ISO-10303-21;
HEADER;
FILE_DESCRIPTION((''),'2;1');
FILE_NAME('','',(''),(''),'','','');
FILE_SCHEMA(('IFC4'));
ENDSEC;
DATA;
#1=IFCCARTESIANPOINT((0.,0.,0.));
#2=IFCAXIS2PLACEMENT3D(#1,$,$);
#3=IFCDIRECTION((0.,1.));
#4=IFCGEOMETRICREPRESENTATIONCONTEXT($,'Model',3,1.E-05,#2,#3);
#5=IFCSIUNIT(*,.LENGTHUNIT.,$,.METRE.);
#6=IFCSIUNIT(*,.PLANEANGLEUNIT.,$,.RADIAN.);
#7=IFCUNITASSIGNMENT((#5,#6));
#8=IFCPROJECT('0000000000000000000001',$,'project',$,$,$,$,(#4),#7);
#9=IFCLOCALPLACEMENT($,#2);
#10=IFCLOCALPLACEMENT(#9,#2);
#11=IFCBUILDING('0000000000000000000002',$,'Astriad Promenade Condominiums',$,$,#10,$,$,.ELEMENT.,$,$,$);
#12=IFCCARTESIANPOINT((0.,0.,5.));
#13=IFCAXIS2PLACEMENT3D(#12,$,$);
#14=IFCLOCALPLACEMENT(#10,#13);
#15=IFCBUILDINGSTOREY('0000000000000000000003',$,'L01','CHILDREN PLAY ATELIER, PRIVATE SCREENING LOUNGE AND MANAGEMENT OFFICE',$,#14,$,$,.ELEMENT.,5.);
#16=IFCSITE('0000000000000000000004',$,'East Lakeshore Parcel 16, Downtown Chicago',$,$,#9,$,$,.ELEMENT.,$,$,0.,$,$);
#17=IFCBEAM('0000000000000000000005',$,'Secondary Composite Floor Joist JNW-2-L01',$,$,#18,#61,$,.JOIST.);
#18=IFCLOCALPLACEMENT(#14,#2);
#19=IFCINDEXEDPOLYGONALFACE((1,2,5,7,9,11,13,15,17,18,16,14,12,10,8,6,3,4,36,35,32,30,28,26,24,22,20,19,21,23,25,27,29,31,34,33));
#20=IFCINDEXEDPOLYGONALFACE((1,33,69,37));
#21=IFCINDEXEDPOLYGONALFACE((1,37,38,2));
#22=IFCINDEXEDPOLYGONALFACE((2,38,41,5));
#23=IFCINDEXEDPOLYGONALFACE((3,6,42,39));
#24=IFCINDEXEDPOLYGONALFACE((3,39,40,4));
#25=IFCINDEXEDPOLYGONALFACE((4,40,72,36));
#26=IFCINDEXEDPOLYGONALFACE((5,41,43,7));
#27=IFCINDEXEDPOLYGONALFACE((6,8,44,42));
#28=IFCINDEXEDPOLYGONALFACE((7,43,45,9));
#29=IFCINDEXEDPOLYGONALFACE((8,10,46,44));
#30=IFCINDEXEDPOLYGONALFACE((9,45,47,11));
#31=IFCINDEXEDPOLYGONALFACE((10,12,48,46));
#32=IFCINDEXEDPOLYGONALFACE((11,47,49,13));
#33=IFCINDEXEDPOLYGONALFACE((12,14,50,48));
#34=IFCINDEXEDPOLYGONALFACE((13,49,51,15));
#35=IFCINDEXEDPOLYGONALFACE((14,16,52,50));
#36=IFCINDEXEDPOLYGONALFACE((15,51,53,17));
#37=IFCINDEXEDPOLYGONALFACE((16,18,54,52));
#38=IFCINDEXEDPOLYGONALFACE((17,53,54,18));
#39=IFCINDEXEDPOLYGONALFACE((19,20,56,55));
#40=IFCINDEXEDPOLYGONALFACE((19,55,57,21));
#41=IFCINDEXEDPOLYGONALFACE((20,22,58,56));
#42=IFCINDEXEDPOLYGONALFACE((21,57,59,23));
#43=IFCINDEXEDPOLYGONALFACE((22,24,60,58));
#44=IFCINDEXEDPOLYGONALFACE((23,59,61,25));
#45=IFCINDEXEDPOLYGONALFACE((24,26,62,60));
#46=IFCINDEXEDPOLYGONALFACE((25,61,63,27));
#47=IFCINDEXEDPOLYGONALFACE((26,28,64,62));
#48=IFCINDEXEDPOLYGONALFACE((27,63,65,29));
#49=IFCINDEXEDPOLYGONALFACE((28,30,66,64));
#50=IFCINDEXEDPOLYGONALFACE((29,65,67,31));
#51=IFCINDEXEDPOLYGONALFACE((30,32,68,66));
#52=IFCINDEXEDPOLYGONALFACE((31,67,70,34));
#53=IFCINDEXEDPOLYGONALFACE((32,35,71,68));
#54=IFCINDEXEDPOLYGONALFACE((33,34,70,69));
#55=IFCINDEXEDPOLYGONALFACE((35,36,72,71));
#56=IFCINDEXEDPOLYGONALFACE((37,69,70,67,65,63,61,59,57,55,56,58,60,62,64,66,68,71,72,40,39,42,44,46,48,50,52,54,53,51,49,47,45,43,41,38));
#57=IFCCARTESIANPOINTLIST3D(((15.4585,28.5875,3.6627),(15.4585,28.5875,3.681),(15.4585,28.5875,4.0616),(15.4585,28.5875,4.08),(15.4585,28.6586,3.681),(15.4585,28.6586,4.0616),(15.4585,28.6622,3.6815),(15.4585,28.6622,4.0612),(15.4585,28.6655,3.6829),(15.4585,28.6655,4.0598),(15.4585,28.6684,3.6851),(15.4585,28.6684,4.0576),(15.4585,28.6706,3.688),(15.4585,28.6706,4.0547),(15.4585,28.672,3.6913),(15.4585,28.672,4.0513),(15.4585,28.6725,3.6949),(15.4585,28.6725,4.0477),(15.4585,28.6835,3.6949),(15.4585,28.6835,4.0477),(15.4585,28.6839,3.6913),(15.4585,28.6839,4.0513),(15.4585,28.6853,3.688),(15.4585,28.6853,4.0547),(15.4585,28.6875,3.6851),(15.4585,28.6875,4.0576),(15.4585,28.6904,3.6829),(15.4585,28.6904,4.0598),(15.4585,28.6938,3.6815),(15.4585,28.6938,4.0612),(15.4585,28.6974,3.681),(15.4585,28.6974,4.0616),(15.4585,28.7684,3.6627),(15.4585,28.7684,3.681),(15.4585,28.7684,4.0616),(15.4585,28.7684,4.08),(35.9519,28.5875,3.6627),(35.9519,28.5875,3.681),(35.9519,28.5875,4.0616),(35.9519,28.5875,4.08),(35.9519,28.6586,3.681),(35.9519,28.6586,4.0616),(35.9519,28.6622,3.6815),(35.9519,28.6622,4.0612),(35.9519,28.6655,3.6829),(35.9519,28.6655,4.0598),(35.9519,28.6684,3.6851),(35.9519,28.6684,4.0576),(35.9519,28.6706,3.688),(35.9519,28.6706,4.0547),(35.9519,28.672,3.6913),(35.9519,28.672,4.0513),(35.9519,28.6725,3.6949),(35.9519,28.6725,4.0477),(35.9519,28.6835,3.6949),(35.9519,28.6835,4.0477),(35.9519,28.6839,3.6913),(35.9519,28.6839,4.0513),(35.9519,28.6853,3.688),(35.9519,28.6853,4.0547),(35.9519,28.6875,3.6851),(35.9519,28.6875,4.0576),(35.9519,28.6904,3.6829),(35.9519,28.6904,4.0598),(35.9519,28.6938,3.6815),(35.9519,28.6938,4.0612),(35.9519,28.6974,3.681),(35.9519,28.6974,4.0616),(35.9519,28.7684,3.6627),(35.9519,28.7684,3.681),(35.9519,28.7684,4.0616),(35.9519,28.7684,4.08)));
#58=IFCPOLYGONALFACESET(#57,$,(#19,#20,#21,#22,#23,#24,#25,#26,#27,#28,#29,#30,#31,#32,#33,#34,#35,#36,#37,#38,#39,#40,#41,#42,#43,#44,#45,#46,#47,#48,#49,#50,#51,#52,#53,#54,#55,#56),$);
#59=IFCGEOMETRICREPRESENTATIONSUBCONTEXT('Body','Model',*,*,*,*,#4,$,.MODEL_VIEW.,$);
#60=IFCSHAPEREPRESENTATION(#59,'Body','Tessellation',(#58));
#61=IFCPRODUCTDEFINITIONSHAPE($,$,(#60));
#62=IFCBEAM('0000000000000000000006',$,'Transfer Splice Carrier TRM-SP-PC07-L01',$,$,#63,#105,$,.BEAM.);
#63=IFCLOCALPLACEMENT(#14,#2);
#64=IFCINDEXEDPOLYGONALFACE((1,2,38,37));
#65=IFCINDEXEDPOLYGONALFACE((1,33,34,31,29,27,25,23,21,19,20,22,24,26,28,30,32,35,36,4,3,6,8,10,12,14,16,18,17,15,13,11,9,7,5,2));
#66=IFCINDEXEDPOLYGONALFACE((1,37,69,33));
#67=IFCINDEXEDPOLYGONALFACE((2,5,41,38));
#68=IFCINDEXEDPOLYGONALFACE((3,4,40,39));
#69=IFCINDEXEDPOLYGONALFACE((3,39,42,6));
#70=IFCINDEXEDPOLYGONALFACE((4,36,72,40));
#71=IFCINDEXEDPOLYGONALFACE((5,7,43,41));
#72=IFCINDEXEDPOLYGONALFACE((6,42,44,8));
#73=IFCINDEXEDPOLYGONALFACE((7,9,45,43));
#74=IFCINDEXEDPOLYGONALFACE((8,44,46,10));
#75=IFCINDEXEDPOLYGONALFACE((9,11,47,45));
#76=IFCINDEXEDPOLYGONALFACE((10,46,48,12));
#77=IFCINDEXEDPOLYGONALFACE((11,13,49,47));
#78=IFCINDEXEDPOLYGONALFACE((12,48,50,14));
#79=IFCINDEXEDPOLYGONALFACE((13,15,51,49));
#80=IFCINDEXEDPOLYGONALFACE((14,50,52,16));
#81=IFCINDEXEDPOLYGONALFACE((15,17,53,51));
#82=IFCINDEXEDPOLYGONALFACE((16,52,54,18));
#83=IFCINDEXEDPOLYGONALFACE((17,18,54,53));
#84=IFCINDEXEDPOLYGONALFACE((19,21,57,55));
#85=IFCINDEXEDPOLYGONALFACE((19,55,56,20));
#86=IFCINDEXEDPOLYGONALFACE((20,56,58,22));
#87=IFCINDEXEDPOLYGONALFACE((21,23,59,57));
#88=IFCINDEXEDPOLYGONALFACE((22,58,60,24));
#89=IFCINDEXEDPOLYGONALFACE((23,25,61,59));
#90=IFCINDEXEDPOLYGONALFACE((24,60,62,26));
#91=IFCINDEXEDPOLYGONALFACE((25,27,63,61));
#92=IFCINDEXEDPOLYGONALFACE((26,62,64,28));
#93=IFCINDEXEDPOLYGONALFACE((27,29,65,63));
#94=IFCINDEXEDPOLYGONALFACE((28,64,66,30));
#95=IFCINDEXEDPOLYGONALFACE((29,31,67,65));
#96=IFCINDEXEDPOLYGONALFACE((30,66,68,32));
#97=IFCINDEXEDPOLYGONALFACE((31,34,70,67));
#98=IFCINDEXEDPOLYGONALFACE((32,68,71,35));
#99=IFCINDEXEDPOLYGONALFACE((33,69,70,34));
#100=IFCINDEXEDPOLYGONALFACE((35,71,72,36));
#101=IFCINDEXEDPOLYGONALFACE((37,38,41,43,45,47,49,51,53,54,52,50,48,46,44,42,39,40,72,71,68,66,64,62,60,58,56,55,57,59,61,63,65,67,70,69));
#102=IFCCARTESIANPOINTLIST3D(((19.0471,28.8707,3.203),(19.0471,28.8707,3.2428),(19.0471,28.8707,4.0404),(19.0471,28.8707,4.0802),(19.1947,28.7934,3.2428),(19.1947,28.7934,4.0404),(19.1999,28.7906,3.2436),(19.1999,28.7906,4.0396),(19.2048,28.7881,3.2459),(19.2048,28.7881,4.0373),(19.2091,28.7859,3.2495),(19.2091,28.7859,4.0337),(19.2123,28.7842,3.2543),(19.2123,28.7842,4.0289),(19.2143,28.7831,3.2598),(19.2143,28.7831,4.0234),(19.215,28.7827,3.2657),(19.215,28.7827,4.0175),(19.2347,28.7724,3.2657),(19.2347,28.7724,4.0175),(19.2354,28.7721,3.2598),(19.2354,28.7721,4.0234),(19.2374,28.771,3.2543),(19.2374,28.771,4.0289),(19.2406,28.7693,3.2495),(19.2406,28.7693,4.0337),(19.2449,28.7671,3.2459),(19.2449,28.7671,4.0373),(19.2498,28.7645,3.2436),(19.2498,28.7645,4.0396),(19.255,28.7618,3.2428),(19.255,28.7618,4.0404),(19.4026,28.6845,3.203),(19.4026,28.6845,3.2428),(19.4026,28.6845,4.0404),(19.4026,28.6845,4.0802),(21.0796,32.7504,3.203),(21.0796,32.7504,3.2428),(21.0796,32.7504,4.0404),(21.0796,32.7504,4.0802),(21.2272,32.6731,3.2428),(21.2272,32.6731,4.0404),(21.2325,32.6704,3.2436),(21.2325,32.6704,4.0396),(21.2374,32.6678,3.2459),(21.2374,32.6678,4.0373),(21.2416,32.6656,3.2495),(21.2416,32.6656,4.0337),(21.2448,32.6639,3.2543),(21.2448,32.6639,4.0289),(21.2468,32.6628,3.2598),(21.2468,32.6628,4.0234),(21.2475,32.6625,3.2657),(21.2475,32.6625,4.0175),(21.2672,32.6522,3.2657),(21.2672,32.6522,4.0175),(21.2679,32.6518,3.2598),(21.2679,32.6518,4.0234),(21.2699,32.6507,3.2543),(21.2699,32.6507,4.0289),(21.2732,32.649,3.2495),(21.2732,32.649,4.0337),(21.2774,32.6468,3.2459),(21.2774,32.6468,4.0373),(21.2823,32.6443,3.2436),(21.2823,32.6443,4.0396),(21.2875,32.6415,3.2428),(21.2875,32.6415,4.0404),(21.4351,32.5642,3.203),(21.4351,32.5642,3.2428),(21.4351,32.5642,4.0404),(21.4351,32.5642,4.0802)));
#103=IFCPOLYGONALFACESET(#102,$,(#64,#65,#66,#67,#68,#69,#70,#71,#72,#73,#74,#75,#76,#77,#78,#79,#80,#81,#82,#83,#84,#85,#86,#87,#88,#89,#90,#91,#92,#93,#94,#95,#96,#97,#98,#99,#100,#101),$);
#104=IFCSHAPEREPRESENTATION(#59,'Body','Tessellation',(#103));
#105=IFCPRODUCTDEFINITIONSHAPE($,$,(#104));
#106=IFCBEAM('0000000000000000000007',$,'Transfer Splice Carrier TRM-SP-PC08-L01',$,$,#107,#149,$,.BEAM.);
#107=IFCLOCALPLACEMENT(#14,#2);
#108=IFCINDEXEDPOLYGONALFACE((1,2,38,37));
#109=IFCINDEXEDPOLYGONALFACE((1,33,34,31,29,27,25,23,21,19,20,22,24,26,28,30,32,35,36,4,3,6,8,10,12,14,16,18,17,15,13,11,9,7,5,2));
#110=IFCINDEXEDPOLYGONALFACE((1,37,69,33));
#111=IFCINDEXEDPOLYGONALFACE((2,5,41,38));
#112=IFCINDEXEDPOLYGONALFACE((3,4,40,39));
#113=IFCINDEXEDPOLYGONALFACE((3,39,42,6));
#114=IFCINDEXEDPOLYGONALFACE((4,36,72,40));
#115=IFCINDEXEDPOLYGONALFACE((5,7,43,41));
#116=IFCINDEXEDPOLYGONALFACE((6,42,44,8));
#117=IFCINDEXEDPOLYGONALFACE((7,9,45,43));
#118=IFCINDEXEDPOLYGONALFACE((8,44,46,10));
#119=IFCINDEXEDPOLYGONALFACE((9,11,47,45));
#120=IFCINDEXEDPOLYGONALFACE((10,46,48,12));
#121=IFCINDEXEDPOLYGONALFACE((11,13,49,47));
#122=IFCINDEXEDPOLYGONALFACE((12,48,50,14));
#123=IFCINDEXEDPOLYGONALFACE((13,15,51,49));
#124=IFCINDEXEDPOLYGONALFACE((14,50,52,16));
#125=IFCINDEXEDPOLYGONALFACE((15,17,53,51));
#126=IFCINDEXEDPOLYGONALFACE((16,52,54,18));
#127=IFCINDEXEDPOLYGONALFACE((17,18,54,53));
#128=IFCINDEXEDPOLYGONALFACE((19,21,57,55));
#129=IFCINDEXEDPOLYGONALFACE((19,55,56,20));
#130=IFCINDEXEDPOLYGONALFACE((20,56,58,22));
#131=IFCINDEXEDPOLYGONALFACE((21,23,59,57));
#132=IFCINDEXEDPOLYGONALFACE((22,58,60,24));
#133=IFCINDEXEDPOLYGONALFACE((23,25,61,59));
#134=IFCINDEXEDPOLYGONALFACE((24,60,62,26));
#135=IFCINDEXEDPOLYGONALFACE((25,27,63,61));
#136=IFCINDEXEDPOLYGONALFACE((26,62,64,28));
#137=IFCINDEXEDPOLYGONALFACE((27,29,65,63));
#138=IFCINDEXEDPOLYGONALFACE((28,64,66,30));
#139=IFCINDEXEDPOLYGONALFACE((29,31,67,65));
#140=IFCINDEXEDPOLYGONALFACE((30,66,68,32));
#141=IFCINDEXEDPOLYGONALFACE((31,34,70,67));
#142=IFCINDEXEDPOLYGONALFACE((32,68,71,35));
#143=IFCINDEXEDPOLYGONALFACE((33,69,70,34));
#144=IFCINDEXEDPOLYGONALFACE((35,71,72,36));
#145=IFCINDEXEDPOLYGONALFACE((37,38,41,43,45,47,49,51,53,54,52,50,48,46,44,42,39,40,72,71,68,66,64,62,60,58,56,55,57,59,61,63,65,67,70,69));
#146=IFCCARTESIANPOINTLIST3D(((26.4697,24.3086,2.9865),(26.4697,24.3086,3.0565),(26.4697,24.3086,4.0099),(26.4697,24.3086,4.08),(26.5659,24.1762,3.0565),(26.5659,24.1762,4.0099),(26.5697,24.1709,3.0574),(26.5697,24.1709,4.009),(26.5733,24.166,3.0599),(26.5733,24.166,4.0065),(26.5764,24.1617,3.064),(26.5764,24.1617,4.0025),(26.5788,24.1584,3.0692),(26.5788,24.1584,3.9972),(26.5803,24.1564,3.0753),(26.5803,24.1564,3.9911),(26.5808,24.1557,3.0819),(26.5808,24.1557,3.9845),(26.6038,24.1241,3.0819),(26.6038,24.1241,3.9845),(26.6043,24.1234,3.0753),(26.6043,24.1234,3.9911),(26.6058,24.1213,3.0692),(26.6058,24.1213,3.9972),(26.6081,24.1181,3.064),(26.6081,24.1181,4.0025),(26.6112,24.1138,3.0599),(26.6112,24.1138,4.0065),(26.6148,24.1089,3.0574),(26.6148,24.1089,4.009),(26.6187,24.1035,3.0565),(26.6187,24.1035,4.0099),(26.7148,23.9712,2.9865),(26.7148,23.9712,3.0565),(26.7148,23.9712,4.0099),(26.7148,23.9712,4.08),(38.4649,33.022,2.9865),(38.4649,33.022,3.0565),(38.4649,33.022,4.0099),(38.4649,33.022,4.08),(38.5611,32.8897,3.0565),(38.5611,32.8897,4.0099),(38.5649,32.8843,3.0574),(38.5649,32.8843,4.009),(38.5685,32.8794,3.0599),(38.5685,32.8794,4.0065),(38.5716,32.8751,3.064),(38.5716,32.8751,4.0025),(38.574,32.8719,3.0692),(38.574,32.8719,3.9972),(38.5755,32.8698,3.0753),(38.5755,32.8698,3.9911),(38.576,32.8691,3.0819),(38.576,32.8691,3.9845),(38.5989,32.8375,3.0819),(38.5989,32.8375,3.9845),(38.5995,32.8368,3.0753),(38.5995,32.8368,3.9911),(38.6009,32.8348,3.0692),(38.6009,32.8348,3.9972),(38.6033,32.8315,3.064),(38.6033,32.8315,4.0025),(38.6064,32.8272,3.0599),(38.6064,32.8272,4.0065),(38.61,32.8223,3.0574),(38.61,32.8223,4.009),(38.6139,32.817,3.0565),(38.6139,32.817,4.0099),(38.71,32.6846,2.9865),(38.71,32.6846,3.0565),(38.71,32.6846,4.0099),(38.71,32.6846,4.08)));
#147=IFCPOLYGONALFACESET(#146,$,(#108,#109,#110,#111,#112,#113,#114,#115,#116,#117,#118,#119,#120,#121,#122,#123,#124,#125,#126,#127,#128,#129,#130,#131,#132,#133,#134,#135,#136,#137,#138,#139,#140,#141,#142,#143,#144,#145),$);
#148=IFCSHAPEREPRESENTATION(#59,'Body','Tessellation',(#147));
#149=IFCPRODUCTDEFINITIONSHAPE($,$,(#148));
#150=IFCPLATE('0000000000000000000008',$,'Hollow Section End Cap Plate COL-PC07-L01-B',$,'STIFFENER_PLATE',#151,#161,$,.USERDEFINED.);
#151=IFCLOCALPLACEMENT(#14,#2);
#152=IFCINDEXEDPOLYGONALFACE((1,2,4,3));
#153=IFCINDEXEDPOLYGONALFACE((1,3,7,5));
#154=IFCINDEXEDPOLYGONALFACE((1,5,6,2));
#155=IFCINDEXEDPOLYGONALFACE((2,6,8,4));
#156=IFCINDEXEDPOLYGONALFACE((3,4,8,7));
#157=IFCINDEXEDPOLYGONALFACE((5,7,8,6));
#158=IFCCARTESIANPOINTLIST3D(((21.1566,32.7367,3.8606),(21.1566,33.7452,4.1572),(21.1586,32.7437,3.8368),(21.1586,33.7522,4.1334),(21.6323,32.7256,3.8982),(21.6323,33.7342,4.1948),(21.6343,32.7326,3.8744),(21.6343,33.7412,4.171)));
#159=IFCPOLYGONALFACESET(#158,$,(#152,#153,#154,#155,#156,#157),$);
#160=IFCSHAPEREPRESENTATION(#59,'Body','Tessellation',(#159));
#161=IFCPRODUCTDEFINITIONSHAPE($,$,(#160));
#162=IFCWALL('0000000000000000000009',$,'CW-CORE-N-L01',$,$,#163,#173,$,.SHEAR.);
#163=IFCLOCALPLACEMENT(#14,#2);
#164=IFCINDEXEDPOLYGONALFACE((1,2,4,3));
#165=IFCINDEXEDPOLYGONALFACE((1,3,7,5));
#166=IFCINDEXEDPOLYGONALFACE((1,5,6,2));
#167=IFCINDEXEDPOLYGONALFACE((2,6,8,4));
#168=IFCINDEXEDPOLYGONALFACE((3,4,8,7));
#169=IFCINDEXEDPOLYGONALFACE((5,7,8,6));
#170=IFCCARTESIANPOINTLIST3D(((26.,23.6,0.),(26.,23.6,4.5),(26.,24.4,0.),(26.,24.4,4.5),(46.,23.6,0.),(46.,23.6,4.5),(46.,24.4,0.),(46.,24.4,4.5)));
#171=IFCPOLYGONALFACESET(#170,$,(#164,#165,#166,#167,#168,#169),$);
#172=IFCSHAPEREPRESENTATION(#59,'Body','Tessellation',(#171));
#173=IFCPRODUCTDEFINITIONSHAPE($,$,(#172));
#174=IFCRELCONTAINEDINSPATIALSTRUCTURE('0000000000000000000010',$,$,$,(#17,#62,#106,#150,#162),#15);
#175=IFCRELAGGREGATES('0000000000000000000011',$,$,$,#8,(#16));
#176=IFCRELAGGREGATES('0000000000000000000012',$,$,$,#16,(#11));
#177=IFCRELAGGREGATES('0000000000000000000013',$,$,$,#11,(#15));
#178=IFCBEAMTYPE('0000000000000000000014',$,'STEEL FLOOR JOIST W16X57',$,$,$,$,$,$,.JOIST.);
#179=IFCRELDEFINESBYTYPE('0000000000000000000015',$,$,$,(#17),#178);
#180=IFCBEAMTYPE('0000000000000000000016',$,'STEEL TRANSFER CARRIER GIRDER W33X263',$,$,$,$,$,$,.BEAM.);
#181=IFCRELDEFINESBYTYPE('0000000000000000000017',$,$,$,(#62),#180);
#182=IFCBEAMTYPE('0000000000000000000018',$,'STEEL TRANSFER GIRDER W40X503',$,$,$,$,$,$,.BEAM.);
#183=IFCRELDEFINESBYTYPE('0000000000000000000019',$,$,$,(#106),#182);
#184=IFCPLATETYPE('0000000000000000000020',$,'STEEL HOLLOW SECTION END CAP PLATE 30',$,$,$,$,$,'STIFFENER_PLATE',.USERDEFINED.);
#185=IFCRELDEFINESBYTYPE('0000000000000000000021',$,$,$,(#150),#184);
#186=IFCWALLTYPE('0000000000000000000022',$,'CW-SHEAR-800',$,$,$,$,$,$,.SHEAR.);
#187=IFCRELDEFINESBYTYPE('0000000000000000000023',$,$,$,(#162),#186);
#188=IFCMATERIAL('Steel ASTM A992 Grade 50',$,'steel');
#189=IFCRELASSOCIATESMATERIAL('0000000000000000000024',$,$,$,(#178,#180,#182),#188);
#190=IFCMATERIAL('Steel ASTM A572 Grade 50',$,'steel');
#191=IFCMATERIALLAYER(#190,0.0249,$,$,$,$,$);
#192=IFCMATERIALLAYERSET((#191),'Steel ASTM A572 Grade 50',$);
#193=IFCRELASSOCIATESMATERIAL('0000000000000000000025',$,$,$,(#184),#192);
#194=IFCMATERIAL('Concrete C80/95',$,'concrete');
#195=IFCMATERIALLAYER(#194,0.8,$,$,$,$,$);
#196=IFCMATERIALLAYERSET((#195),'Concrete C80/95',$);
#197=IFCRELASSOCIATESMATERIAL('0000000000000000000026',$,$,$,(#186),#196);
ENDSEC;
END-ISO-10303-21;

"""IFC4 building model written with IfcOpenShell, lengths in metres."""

from ifc_helpers import new_model, si_unit, direction, frame, frame_2d, origin, origin_2d, place, context, subcontext, project, spatial, rectangle, i_section, extrude, source, transform, mapped, material, layer, layer_set, material_profile, profile_set, type_object, type_shapes, element, save


model = new_model("IFC4")

# Units and contexts
model_context = context("Model", 3, precision=1e-05, world=origin(), true_north=direction((0.0, 1.0)))
body_context = subcontext(model_context, "Body", "Model", "MODEL_VIEW")
ifc_project = project(units=[si_unit("LENGTHUNIT", "METRE"), si_unit("PLANEANGLEUNIT", "RADIAN")], contexts=[model_context])

# Site, building, storey
site_placement = place(None, origin())
site = spatial("IfcSite", under=ifc_project, at=site_placement, Name="East Lakeshore Parcel 16, Downtown Chicago", CompositionType="ELEMENT", RefElevation=0.0)
building_placement = place(site_placement, origin())
building = spatial("IfcBuilding", under=site, at=building_placement, Name="Astriad Promenade Condominiums", CompositionType="ELEMENT")
storey_placement = place(building_placement, frame((0.0, 0.0, 5.0)))
storey = spatial("IfcBuildingStorey", under=building, at=storey_placement, Name="L01", Description="CHILDREN PLAY ATELIER, PRIVATE SCREENING LOUNGE AND MANAGEMENT OFFICE", CompositionType="ELEMENT", Elevation=5.0)

# Shared definitions
ifc_material_1 = material(Name="Steel ASTM A992 Grade 50", Category="steel")

# Beams
ifc_material_2 = material(Name="Concrete C80/95", Category="concrete")
ifc_material_profile_1 = material_profile(ifc_material_1, i_section(OverallWidth=0.1809, OverallDepth=0.4172, WebThickness=0.011, FlangeThickness=0.0183, FilletRadius=0.0139, at=origin_2d()), Name="W16X57")
ifc_profile_set_1 = profile_set([ifc_material_profile_1], Name="Steel ASTM A992 Grade 50")
beam_type_1 = type_object("IfcBeamType", Name="STEEL FLOOR JOIST W16X57", PredefinedType="JOIST", material=ifc_profile_set_1)
shared_shape_1 = source(origin(), body_context, "Body", "SweptSolid", [
    extrude(i_section(OverallWidth=0.1809, OverallDepth=0.4172, WebThickness=0.011, FlangeThickness=0.0183, FilletRadius=0.0139, at=origin_2d()), origin(), (0.0, 0.0, 1.0), 20.4934),
])
beam_1_placement = place(storey_placement, frame((15.4585, 28.678, 3.8713), z_axis=(1.0, 0.0, 0.0), x_axis=(0.0, 1.0, 0.0)))
element("IfcBeam", 1, at=beam_1_placement, inside=storey, type_object=beam_type_1, Name="Secondary Composite Floor Joist JNW-2-L01", PredefinedType="JOIST", context=body_context, shape_type="MappedRepresentation", body=[
    mapped(shared_shape_1, transform((0.0, 0.0, 0.0), scale=1.0)),
])
ifc_material_profile_2 = material_profile(ifc_material_1, i_section(OverallWidth=0.4014, OverallDepth=0.8772, WebThickness=0.0222, FlangeThickness=0.0398, FilletRadius=0.0229, at=origin_2d()), Name="W33X263")
ifc_profile_set_2 = profile_set([ifc_material_profile_2], Name="Steel ASTM A992 Grade 50")
beam_type_2 = type_object("IfcBeamType", Name="STEEL TRANSFER CARRIER GIRDER W33X263", PredefinedType="BEAM", material=ifc_profile_set_2)
shared_shape_2 = source(origin(), body_context, "Body", "SweptSolid", [
    extrude(i_section(OverallWidth=0.4014, OverallDepth=0.8772, WebThickness=0.0222, FlangeThickness=0.0398, FilletRadius=0.0229, at=origin_2d()), origin(), (0.0, 0.0, 1.0), 4.3799),
])
type_shapes(beam_type_2, [shared_shape_2])
beam_2_placement = place(storey_placement, frame((19.2249, 28.7776, 3.6416), z_axis=(0.464057, 0.885805, 0.0), x_axis=(-0.885805, 0.464057, 0.0)))
element("IfcBeam", 2, at=beam_2_placement, inside=storey, type_object=beam_type_2, Name="Transfer Splice Carrier TRM-SP-PC07-L01", PredefinedType="BEAM", context=body_context, shape_type="MappedRepresentation", body=[
    mapped(shared_shape_2, transform((0.0, 0.0, 0.0), scale=1.0)),
])
ifc_material_profile_3 = material_profile(ifc_material_1, i_section(OverallWidth=0.417, OverallDepth=1.0935, WebThickness=0.0391, FlangeThickness=0.0701, FilletRadius=0.0254, at=origin_2d()), Name="W40X503")
ifc_profile_set_3 = profile_set([ifc_material_profile_3], Name="Steel ASTM A992 Grade 50")
beam_type_3 = type_object("IfcBeamType", Name="STEEL TRANSFER GIRDER W40X503", PredefinedType="BEAM", material=ifc_profile_set_3)
shared_shape_3 = source(origin(), body_context, "Body", "SweptSolid", [
    extrude(i_section(OverallWidth=0.417, OverallDepth=1.0935, WebThickness=0.0391, FlangeThickness=0.0701, FilletRadius=0.0254, at=origin_2d()), origin(), (0.0, 0.0, 1.0), 14.8259),
])
type_shapes(beam_type_3, [shared_shape_3])
beam_3_placement = place(storey_placement, frame((26.5923, 24.1399, 3.5332), z_axis=(0.809068, 0.587715, 0.0), x_axis=(-0.587715, 0.809068, 0.0)))
element("IfcBeam", 3, at=beam_3_placement, inside=storey, type_object=beam_type_3, Name="Transfer Splice Carrier TRM-SP-PC08-L01", PredefinedType="BEAM", context=body_context, shape_type="MappedRepresentation", body=[
    mapped(shared_shape_3, transform((0.0, 0.0, 0.0), scale=1.0)),
])

# Plate
ifc_material_3 = material(Name="Steel ASTM A572 Grade 50", Category="steel")
ifc_layer_1 = layer(ifc_material_3, 0.0249)
ifc_layer_set_1 = layer_set([ifc_layer_1], Name="Steel ASTM A572 Grade 50")
plate_type = type_object("IfcPlateType", Name="STEEL HOLLOW SECTION END CAP PLATE 30", ElementType="STIFFENER_PLATE", PredefinedType="USERDEFINED", material=ifc_layer_set_1)
shared_shape_4 = source(origin(), body_context, "Body", "SweptSolid", [
    extrude(rectangle(XDim=0.4773, YDim=1.0513, at=origin_2d()), origin(), (0.0, 0.0, 1.0), 0.0249),
])
type_shapes(plate_type, [shared_shape_4])
plate_placement = place(storey_placement, frame((21.3965, 33.2424, 4.0039), z_axis=(-0.082035, -0.281207, 0.956134), x_axis=(1.0, 0.0, 0.0)))
element("IfcPlate", 4, at=plate_placement, inside=storey, type_object=plate_type, Name="Hollow Section End Cap Plate COL-PC07-L01-B", ObjectType="STIFFENER_PLATE", PredefinedType="USERDEFINED", context=body_context, shape_type="MappedRepresentation", body=[
    mapped(shared_shape_4, transform((0.0, 0.0, 0.0), scale=1.0)),
])

# Wall
ifc_layer_2 = layer(ifc_material_2, 0.8)
ifc_layer_set_2 = layer_set([ifc_layer_2], Name="Concrete C80/95")
wall_type_1 = type_object("IfcWallType", Name="CW-SHEAR-800", PredefinedType="SHEAR", material=ifc_layer_set_2)
wall_1_placement = place(storey_placement, frame((26.0, 24.0, 0.0), z_axis=(0.0, 0.0, 1.0), x_axis=(1.0, 0.0, 0.0)))
element("IfcWall", 5, at=wall_1_placement, inside=storey, type_object=wall_type_1, Name="CW-CORE-N-L01", PredefinedType="SHEAR", context=body_context, shape_type="SweptSolid", body=[
    extrude(rectangle(XDim=20.0, YDim=0.8, at=frame_2d((10.0, 0.0))), origin(), (0.0, 0.0, 1.0), 4.5),
])

save(model, "model.ifc")
